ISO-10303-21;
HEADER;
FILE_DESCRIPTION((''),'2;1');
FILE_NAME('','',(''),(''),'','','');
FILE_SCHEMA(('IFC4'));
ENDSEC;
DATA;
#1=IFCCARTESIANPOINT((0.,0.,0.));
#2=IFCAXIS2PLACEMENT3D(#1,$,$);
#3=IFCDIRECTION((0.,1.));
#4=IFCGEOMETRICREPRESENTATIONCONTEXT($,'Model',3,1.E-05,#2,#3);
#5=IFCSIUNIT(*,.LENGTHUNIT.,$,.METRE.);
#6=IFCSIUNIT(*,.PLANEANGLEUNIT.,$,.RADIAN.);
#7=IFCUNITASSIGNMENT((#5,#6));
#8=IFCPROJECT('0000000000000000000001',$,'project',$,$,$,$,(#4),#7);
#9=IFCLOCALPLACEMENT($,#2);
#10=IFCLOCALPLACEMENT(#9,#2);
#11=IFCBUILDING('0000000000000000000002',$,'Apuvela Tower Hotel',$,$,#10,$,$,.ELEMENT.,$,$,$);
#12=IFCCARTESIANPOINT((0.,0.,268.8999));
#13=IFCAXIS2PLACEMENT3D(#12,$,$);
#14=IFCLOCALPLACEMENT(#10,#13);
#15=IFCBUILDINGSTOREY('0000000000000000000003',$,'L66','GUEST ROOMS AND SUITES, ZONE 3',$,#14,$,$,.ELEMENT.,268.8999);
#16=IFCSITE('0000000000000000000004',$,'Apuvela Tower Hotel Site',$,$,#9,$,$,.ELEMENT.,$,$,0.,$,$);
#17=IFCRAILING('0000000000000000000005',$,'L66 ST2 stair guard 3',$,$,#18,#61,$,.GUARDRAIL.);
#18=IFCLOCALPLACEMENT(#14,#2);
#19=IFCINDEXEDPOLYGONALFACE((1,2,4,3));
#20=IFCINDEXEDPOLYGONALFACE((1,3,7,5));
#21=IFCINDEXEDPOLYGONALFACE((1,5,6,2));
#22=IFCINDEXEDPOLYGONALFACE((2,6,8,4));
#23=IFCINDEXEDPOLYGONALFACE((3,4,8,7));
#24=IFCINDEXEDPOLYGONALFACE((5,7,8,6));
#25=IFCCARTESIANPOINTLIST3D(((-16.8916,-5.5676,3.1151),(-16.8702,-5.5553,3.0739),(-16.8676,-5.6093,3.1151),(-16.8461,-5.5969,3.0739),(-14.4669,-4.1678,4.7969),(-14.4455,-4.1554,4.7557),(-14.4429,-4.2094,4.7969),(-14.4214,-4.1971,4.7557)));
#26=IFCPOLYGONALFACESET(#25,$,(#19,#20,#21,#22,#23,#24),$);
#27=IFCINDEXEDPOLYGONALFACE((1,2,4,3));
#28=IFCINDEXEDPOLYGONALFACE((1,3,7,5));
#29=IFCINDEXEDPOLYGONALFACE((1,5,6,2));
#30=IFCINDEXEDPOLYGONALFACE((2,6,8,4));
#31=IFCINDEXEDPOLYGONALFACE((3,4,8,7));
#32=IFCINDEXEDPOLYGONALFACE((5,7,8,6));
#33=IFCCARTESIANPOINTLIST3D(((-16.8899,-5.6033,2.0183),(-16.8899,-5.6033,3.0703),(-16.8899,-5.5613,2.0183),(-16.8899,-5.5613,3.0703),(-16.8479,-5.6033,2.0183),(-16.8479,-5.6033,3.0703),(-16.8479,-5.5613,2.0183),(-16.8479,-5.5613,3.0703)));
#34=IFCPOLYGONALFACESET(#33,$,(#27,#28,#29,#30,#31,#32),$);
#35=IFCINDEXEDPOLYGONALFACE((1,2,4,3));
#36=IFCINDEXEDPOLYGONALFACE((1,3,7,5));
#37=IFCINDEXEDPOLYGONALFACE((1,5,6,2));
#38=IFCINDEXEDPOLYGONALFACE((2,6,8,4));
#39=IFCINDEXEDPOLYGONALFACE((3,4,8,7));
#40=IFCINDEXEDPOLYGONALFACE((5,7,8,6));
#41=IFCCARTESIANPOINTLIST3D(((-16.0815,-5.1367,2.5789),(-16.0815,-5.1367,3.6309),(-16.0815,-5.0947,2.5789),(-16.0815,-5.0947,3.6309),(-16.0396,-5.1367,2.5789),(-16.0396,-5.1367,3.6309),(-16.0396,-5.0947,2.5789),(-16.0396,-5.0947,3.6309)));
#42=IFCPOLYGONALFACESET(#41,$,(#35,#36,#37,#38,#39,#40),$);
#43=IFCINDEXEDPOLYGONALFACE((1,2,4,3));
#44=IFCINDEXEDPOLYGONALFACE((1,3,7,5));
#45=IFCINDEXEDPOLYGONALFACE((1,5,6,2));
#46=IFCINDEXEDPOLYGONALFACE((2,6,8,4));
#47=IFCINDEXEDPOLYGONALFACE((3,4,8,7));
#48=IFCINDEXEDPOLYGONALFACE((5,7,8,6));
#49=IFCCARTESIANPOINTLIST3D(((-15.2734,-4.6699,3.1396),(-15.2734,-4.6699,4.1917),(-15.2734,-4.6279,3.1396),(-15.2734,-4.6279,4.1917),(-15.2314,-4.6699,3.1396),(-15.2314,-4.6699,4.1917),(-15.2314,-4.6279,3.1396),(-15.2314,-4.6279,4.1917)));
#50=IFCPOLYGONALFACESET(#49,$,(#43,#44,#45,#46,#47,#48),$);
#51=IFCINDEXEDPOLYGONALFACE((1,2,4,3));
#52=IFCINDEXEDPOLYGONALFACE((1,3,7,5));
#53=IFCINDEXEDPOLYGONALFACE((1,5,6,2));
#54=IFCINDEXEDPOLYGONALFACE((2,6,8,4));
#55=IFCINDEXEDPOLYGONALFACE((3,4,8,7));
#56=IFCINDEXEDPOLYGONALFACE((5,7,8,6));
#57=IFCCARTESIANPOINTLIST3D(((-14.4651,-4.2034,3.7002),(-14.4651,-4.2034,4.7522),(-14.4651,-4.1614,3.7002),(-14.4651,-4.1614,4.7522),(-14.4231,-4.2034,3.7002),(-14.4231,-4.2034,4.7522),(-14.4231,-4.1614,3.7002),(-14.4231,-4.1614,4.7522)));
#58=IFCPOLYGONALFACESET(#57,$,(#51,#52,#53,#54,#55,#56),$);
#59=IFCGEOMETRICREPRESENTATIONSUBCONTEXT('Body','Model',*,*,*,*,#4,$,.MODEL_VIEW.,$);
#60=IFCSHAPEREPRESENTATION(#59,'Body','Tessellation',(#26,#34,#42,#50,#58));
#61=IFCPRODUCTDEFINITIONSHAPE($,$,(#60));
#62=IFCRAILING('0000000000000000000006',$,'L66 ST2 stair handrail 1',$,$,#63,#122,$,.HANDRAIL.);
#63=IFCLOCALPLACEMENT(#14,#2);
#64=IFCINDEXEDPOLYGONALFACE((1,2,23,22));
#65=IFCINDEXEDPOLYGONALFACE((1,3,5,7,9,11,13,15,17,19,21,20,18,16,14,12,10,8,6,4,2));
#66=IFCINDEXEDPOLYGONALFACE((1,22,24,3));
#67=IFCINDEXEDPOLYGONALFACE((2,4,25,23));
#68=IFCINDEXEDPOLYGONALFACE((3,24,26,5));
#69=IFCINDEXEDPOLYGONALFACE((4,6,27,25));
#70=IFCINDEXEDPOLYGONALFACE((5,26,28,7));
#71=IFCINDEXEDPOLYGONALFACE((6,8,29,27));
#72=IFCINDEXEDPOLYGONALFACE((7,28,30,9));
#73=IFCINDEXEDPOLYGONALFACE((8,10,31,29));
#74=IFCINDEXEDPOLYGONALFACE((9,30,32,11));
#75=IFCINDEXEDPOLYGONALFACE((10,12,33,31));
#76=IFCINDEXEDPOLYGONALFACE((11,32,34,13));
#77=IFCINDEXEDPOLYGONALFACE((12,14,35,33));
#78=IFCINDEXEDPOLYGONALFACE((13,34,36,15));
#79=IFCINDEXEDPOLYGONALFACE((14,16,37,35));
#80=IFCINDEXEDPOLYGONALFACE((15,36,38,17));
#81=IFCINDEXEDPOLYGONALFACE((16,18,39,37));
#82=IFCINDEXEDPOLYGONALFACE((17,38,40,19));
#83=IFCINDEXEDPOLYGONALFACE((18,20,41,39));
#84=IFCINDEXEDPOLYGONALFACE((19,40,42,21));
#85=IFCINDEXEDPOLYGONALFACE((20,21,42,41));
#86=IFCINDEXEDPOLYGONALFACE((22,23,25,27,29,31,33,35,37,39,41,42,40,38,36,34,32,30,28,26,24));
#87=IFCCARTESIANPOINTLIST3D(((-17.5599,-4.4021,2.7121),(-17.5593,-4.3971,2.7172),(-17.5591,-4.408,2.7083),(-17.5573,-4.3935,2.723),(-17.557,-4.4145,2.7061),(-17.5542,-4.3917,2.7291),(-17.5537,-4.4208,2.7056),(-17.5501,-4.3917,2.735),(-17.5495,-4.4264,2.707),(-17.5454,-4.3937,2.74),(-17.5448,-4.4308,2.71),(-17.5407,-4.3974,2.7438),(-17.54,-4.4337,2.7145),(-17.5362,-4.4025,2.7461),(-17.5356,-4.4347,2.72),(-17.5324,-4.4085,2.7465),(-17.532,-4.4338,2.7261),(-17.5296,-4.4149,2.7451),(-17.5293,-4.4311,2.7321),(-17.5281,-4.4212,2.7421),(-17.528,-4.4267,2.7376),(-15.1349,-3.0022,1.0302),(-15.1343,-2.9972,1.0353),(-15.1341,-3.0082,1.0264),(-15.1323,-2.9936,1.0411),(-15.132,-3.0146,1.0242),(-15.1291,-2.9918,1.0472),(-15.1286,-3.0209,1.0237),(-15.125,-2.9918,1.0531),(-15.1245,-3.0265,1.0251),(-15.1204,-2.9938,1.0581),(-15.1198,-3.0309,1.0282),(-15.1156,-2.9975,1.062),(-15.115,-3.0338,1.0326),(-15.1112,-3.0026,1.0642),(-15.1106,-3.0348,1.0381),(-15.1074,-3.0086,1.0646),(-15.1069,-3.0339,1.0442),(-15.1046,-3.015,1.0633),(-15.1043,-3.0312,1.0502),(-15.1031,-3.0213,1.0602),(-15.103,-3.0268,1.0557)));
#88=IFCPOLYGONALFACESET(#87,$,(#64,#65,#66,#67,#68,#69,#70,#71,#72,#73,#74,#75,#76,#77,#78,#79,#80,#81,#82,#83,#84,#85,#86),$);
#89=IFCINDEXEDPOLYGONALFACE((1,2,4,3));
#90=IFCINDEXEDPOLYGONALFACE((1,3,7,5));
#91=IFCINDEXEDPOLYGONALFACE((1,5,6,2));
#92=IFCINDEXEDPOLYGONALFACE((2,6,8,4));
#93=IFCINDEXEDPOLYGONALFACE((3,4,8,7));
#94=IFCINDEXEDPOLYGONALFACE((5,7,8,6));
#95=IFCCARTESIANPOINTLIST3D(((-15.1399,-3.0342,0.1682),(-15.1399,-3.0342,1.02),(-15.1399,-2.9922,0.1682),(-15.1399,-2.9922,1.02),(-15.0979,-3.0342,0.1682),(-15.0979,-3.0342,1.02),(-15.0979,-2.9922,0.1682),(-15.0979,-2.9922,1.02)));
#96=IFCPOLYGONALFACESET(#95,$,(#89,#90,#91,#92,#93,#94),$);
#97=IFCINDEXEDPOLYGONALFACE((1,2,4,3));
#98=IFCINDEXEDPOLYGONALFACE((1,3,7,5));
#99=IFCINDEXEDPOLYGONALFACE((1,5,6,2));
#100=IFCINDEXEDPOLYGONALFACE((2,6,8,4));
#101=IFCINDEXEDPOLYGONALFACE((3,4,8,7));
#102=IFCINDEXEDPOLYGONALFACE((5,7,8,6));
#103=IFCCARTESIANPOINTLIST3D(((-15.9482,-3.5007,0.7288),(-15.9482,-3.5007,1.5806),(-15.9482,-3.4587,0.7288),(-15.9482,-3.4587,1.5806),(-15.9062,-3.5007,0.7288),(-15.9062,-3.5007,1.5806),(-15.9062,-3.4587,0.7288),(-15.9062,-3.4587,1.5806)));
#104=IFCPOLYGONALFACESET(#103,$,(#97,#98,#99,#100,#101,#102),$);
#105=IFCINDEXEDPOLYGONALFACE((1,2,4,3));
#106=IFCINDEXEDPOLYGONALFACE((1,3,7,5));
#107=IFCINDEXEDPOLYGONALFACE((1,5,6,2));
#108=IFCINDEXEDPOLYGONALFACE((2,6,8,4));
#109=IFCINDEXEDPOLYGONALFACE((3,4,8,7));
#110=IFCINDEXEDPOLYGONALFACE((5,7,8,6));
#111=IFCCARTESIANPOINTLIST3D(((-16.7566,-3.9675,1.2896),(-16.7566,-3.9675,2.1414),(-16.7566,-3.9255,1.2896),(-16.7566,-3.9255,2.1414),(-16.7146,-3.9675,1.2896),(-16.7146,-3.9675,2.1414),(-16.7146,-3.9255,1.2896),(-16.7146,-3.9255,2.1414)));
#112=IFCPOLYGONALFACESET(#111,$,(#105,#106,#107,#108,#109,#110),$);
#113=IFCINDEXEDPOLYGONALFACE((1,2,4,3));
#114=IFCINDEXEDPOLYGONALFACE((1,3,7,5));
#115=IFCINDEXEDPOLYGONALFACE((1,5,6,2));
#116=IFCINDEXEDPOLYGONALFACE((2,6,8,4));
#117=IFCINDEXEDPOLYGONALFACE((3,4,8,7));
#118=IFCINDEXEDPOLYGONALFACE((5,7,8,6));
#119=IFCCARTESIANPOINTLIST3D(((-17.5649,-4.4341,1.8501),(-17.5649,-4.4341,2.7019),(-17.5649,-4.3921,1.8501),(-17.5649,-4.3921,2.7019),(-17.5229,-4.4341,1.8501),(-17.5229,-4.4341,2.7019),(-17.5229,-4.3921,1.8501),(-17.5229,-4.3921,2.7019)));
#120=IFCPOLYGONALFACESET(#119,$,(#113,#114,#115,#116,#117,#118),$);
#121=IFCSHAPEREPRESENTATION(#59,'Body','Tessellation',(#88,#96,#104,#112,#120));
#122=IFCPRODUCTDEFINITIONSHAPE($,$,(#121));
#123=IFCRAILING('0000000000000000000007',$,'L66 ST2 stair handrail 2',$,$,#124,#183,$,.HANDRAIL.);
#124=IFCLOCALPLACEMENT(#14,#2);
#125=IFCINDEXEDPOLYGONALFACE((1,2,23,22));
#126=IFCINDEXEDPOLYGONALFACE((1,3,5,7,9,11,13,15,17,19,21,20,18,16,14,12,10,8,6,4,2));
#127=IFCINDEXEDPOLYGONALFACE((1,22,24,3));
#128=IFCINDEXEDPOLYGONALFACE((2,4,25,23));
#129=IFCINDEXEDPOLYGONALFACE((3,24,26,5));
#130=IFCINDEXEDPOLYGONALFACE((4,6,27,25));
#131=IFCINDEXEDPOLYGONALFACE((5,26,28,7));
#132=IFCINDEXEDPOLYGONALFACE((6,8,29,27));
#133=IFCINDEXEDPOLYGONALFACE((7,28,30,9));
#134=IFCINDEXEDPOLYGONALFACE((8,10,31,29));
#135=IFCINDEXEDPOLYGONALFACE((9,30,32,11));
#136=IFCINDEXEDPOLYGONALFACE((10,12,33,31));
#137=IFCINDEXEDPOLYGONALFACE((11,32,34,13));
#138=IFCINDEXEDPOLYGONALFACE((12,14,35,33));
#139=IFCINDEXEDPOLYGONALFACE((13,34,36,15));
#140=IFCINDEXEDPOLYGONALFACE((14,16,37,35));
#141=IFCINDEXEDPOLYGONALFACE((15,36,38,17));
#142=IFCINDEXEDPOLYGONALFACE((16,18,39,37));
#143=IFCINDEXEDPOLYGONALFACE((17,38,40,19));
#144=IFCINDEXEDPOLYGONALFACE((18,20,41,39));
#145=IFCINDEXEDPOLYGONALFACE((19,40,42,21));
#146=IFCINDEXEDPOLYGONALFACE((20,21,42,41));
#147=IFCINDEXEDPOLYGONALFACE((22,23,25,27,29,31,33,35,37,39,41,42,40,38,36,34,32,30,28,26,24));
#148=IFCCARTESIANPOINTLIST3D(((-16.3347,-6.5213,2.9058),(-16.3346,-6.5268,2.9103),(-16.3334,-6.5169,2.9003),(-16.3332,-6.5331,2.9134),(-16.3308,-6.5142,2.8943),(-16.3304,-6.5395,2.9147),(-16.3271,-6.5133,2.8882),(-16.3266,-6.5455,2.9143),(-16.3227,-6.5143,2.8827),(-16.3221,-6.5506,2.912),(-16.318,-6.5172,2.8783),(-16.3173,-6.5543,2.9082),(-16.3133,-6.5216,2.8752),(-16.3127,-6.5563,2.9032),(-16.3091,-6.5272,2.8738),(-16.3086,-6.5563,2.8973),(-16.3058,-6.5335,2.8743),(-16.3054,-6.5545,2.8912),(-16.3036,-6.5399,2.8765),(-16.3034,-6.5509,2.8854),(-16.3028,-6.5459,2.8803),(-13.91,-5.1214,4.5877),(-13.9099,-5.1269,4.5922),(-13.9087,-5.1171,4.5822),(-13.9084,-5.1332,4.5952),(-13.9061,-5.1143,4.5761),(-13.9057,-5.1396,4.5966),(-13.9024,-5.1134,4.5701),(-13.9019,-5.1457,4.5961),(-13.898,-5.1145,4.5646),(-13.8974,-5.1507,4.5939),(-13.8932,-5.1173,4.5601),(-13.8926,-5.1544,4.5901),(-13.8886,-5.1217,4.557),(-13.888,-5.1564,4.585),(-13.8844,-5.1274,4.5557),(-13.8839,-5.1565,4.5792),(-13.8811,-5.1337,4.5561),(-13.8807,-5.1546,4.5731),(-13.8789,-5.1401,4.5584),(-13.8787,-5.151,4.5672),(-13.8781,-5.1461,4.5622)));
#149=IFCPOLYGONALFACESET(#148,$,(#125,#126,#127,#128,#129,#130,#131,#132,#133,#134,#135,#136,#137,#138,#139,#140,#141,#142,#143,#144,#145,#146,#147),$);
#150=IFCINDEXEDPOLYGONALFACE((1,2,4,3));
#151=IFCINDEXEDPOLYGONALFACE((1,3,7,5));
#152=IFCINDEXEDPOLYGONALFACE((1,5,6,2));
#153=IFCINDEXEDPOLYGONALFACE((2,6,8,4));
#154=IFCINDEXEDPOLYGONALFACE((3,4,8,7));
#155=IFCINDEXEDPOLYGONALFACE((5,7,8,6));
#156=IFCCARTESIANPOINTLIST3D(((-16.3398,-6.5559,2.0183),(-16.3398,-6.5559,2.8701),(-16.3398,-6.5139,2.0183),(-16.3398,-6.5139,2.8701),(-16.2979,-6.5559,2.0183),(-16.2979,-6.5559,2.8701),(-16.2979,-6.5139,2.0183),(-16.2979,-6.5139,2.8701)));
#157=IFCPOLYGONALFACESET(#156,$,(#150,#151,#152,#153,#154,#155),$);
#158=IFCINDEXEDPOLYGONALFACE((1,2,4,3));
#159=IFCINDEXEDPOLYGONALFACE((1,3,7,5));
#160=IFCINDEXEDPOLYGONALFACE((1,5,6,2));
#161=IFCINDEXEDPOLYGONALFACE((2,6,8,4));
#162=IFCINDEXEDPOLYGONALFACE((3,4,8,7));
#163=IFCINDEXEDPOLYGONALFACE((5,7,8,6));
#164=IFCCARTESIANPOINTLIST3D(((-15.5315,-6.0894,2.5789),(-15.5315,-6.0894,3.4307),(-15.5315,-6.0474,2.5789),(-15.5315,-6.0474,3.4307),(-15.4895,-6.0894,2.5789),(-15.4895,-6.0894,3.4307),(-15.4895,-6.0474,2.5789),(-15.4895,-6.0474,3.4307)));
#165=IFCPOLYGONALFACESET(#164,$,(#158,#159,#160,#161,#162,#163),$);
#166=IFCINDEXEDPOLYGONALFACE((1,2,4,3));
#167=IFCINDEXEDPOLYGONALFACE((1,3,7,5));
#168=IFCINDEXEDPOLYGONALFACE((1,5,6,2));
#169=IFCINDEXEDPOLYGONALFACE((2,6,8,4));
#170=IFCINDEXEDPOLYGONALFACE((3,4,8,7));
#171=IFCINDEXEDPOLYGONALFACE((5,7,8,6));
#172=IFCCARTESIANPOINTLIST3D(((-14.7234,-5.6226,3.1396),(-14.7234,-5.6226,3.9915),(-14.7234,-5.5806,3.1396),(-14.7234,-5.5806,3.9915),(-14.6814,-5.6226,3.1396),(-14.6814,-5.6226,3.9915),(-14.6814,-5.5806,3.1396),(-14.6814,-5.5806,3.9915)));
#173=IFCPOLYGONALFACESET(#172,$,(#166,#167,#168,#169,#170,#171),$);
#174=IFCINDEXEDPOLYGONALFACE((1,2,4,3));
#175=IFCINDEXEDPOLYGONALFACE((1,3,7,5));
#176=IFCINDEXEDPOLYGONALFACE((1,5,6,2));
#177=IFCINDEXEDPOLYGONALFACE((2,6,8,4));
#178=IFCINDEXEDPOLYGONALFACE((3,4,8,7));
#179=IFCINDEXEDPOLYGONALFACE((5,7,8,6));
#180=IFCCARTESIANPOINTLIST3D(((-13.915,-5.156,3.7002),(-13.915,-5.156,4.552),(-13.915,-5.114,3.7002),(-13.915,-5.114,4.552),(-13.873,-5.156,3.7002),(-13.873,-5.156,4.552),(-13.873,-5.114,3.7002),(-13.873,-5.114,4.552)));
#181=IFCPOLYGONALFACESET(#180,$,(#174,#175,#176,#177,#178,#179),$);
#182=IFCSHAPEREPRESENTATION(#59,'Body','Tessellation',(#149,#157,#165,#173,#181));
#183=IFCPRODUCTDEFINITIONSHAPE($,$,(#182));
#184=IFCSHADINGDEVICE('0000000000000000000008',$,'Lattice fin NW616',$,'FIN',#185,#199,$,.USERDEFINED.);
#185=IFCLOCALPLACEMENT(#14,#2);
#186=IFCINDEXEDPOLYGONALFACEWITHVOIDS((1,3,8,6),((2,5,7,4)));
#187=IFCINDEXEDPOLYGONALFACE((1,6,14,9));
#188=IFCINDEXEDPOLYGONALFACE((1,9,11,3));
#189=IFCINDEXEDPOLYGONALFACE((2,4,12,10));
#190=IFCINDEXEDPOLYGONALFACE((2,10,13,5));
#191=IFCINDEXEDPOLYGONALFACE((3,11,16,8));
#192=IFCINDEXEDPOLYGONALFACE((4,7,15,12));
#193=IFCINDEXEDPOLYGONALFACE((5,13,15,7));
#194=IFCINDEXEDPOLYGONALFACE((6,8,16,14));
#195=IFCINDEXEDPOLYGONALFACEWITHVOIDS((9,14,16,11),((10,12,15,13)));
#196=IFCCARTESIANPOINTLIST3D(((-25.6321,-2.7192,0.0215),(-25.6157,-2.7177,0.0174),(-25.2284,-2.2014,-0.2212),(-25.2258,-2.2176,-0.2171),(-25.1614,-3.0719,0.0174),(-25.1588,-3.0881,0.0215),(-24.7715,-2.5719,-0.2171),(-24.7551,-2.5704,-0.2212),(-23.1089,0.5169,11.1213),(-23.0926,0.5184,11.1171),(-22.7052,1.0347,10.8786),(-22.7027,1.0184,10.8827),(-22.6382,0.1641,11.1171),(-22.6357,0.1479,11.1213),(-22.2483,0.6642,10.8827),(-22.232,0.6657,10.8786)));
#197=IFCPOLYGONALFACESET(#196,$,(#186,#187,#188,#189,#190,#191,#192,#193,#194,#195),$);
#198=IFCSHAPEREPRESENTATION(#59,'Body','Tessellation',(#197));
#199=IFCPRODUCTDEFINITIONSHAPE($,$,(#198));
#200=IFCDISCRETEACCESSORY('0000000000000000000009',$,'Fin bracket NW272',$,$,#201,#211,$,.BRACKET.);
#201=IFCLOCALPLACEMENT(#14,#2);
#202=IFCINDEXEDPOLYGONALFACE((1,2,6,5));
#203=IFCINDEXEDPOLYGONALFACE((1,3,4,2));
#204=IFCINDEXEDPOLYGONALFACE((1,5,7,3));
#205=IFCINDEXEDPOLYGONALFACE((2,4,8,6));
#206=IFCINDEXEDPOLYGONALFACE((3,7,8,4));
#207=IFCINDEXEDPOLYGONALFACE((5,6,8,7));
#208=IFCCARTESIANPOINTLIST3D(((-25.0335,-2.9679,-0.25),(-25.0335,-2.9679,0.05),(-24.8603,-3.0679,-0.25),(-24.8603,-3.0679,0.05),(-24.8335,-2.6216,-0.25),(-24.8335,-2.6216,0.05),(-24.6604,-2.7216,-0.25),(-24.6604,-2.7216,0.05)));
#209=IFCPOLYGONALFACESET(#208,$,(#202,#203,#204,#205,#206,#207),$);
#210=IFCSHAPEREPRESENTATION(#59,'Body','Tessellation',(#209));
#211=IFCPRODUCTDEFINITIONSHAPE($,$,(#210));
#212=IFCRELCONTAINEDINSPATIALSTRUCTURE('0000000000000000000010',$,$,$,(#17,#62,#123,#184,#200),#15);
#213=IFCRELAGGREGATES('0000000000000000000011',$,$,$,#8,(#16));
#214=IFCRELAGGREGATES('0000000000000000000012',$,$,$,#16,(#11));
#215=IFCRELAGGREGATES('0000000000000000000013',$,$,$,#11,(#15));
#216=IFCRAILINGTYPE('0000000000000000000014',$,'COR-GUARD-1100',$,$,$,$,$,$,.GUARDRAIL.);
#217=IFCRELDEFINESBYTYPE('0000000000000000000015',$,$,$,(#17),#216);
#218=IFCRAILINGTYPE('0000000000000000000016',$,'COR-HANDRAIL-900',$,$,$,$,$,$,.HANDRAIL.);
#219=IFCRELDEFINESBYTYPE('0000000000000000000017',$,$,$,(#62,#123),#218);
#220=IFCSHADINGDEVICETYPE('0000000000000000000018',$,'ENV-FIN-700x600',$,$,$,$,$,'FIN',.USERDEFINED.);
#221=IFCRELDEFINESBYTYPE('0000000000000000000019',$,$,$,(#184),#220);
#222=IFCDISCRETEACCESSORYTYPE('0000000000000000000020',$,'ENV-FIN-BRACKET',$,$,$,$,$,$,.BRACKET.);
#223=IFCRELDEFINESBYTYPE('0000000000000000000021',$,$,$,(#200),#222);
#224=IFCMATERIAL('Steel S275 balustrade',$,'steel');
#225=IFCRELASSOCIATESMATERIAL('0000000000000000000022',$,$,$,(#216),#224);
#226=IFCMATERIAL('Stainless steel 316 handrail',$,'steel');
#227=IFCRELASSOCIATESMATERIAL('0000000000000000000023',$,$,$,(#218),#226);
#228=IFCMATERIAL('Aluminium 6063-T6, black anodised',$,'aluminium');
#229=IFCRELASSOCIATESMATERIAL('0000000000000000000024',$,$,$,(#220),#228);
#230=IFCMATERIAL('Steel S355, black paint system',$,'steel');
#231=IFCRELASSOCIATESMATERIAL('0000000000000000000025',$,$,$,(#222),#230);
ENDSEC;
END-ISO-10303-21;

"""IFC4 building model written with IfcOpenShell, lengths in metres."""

from ifc_helpers import new_model, si_unit, direction, frame, origin, origin_2d, place, context, subcontext, project, spatial, rectangle, hollow_rectangle, circle, extrude, material, material_profile, profile_set, type_object, element, save


model = new_model("IFC4")

# Units and contexts
model_context = context("Model", 3, precision=1e-05, world=origin(), true_north=direction((0.0, 1.0)))
body_context = subcontext(model_context, "Body", "Model", "MODEL_VIEW")
ifc_project = project(units=[si_unit("LENGTHUNIT", "METRE"), si_unit("PLANEANGLEUNIT", "RADIAN")], contexts=[model_context])

# Site, building, storey
site_placement = place(None, origin())
site = spatial("IfcSite", under=ifc_project, at=site_placement, Name="Apuvela Tower Hotel Site", CompositionType="ELEMENT", RefElevation=0.0)
building_placement = place(site_placement, origin())
building = spatial("IfcBuilding", under=site, at=building_placement, Name="Apuvela Tower Hotel", CompositionType="ELEMENT")
storey_placement = place(building_placement, frame((0.0, 0.0, 268.8999)))
storey = spatial("IfcBuildingStorey", under=building, at=storey_placement, Name="L66", Description="GUEST ROOMS AND SUITES, ZONE 3", CompositionType="ELEMENT", Elevation=268.8999)

# Railings
ifc_material_1 = material(Name="Steel S275 balustrade", Category="steel")
railing_type_1 = type_object("IfcRailingType", Name="COR-GUARD-1100", PredefinedType="GUARDRAIL", material=ifc_material_1)
railing_1_placement = place(storey_placement, frame((-16.8689, -5.5823, 2.0183)))
element("IfcRailing", 1, at=railing_1_placement, inside=storey, type_object=railing_type_1, Name="L66 ST2 stair guard 3", PredefinedType="GUARDRAIL", context=body_context, shape_type="SweptSolid", body=[
    extrude(rectangle(XDim=0.0481, YDim=0.0481, at=origin_2d()), frame((0.0, 0.0, 1.0762), z_axis=(0.74239, 0.428601, 0.514934), x_axis=(-0.499984, 0.866035, 0.0)), (0.0, 0.0, 1.0), 3.2661),
    extrude(rectangle(XDim=0.042, YDim=0.042, at=origin_2d()), origin(), (0.0, 0.0, 1.0), 1.052),
    extrude(rectangle(XDim=0.042, YDim=0.042, at=origin_2d()), frame((0.8083, 0.4666, 0.5605)), (0.0, 0.0, 1.0), 1.052),
    extrude(rectangle(XDim=0.042, YDim=0.042, at=origin_2d()), frame((1.6165, 0.9333, 1.1213)), (0.0, 0.0, 1.0), 1.052),
    extrude(rectangle(XDim=0.042, YDim=0.042, at=origin_2d()), frame((2.4248, 1.3999, 1.6819)), (0.0, 0.0, 1.0), 1.052),
])
ifc_material_2 = material(Name="Stainless steel 316 handrail", Category="steel")
railing_type_2 = type_object("IfcRailingType", Name="COR-HANDRAIL-900", PredefinedType="HANDRAIL", material=ifc_material_2)
railing_2_placement = place(storey_placement, frame((-15.1189, -3.0132, 0.1682)))
element("IfcRailing", 2, at=railing_2_placement, inside=storey, type_object=railing_type_2, Name="L66 ST2 stair handrail 1", PredefinedType="HANDRAIL", context=body_context, shape_type="SweptSolid", body=[
    extrude(circle(Radius=0.0239, at=origin_2d()), frame((0.0, 0.0, 0.876), z_axis=(-0.742424, -0.428577, 0.514906), x_axis=(0.499946, -0.866056, 0.0)), (0.0, 0.0, 1.0), 3.2664),
    extrude(rectangle(XDim=0.042, YDim=0.042, at=origin_2d()), origin(), (0.0, 0.0, 1.0), 0.8518),
    extrude(rectangle(XDim=0.042, YDim=0.042, at=origin_2d()), frame((-0.8083, -0.4666, 0.5605)), (0.0, 0.0, 1.0), 0.8518),
    extrude(rectangle(XDim=0.042, YDim=0.042, at=origin_2d()), frame((-1.6167, -0.9333, 1.1213)), (0.0, 0.0, 1.0), 0.8518),
    extrude(rectangle(XDim=0.042, YDim=0.042, at=origin_2d()), frame((-2.425, -1.3999, 1.6819)), (0.0, 0.0, 1.0), 0.8518),
])
railing_3_placement = place(storey_placement, frame((-16.3188, -6.5349, 2.0183)))
element("IfcRailing", 3, at=railing_3_placement, inside=storey, type_object=railing_type_2, Name="L66 ST2 stair handrail 2", PredefinedType="HANDRAIL", context=body_context, shape_type="SweptSolid", body=[
    extrude(circle(Radius=0.0239, at=origin_2d()), frame((0.0, 0.0, 0.876), z_axis=(0.74239, 0.428601, 0.514934), x_axis=(-0.499984, 0.866035, 0.0)), (0.0, 0.0, 1.0), 3.2661),
    extrude(rectangle(XDim=0.042, YDim=0.042, at=origin_2d()), origin(), (0.0, 0.0, 1.0), 0.8518),
    extrude(rectangle(XDim=0.042, YDim=0.042, at=origin_2d()), frame((0.8083, 0.4666, 0.5605)), (0.0, 0.0, 1.0), 0.8518),
    extrude(rectangle(XDim=0.042, YDim=0.042, at=origin_2d()), frame((1.6165, 0.9333, 1.1213)), (0.0, 0.0, 1.0), 0.8518),
    extrude(rectangle(XDim=0.042, YDim=0.042, at=origin_2d()), frame((2.4248, 1.3999, 1.6819)), (0.0, 0.0, 1.0), 0.8518),
])

# Shading device
ifc_material_3 = material(Name="Aluminium 6063-T6, black anodised", Category="aluminium")
ifc_material_profile_1 = material_profile(ifc_material_3, hollow_rectangle(XDim=0.6001, YDim=0.7, WallThickness=0.012, at=origin_2d()), Name="AL BOX 700x600x12")
ifc_profile_set_1 = profile_set([ifc_material_profile_1], Name="Aluminium 6063-T6, black anodised")
shading_device_type = type_object("IfcShadingDeviceType", Name="ENV-FIN-700x600", ElementType="FIN", PredefinedType="USERDEFINED", material=ifc_profile_set_1)
shading_device_placement = place(storey_placement, frame((-25.1936, -2.6448, -0.0999), z_axis=(0.213214, 0.273455, 0.937956), x_axis=(-0.788615, 0.614888, 0.0)))
element("IfcShadingDevice", 4, at=shading_device_placement, inside=storey, type_object=shading_device_type, Name="Lattice fin NW616", ObjectType="FIN", PredefinedType="USERDEFINED", context=body_context, shape_type="SweptSolid", body=[
    extrude(hollow_rectangle(XDim=0.6001, YDim=0.7, WallThickness=0.012, at=origin_2d()), origin(), (0.0, 0.0, 1.0), 11.834),
])

# Discrete accessory
ifc_material_4 = material(Name="Steel S355, black paint system", Category="steel")
discrete_accessory_type = type_object("IfcDiscreteAccessoryType", Name="ENV-FIN-BRACKET", PredefinedType="BRACKET", material=ifc_material_4)
discrete_accessory_placement = place(storey_placement, frame((-24.8469, -2.8447, -0.25), z_axis=(0.0, 0.0, 1.0), x_axis=(-0.5, -0.866025, 0.0)))
element("IfcDiscreteAccessory", 5, at=discrete_accessory_placement, inside=storey, type_object=discrete_accessory_type, Name="Fin bracket NW272", PredefinedType="BRACKET", context=body_context, shape_type="SweptSolid", body=[
    extrude(rectangle(XDim=0.3999, YDim=0.2, at=origin_2d()), origin(), (0.0, 0.0, 1.0), 0.3),
])

save(model, "model.ifc")
